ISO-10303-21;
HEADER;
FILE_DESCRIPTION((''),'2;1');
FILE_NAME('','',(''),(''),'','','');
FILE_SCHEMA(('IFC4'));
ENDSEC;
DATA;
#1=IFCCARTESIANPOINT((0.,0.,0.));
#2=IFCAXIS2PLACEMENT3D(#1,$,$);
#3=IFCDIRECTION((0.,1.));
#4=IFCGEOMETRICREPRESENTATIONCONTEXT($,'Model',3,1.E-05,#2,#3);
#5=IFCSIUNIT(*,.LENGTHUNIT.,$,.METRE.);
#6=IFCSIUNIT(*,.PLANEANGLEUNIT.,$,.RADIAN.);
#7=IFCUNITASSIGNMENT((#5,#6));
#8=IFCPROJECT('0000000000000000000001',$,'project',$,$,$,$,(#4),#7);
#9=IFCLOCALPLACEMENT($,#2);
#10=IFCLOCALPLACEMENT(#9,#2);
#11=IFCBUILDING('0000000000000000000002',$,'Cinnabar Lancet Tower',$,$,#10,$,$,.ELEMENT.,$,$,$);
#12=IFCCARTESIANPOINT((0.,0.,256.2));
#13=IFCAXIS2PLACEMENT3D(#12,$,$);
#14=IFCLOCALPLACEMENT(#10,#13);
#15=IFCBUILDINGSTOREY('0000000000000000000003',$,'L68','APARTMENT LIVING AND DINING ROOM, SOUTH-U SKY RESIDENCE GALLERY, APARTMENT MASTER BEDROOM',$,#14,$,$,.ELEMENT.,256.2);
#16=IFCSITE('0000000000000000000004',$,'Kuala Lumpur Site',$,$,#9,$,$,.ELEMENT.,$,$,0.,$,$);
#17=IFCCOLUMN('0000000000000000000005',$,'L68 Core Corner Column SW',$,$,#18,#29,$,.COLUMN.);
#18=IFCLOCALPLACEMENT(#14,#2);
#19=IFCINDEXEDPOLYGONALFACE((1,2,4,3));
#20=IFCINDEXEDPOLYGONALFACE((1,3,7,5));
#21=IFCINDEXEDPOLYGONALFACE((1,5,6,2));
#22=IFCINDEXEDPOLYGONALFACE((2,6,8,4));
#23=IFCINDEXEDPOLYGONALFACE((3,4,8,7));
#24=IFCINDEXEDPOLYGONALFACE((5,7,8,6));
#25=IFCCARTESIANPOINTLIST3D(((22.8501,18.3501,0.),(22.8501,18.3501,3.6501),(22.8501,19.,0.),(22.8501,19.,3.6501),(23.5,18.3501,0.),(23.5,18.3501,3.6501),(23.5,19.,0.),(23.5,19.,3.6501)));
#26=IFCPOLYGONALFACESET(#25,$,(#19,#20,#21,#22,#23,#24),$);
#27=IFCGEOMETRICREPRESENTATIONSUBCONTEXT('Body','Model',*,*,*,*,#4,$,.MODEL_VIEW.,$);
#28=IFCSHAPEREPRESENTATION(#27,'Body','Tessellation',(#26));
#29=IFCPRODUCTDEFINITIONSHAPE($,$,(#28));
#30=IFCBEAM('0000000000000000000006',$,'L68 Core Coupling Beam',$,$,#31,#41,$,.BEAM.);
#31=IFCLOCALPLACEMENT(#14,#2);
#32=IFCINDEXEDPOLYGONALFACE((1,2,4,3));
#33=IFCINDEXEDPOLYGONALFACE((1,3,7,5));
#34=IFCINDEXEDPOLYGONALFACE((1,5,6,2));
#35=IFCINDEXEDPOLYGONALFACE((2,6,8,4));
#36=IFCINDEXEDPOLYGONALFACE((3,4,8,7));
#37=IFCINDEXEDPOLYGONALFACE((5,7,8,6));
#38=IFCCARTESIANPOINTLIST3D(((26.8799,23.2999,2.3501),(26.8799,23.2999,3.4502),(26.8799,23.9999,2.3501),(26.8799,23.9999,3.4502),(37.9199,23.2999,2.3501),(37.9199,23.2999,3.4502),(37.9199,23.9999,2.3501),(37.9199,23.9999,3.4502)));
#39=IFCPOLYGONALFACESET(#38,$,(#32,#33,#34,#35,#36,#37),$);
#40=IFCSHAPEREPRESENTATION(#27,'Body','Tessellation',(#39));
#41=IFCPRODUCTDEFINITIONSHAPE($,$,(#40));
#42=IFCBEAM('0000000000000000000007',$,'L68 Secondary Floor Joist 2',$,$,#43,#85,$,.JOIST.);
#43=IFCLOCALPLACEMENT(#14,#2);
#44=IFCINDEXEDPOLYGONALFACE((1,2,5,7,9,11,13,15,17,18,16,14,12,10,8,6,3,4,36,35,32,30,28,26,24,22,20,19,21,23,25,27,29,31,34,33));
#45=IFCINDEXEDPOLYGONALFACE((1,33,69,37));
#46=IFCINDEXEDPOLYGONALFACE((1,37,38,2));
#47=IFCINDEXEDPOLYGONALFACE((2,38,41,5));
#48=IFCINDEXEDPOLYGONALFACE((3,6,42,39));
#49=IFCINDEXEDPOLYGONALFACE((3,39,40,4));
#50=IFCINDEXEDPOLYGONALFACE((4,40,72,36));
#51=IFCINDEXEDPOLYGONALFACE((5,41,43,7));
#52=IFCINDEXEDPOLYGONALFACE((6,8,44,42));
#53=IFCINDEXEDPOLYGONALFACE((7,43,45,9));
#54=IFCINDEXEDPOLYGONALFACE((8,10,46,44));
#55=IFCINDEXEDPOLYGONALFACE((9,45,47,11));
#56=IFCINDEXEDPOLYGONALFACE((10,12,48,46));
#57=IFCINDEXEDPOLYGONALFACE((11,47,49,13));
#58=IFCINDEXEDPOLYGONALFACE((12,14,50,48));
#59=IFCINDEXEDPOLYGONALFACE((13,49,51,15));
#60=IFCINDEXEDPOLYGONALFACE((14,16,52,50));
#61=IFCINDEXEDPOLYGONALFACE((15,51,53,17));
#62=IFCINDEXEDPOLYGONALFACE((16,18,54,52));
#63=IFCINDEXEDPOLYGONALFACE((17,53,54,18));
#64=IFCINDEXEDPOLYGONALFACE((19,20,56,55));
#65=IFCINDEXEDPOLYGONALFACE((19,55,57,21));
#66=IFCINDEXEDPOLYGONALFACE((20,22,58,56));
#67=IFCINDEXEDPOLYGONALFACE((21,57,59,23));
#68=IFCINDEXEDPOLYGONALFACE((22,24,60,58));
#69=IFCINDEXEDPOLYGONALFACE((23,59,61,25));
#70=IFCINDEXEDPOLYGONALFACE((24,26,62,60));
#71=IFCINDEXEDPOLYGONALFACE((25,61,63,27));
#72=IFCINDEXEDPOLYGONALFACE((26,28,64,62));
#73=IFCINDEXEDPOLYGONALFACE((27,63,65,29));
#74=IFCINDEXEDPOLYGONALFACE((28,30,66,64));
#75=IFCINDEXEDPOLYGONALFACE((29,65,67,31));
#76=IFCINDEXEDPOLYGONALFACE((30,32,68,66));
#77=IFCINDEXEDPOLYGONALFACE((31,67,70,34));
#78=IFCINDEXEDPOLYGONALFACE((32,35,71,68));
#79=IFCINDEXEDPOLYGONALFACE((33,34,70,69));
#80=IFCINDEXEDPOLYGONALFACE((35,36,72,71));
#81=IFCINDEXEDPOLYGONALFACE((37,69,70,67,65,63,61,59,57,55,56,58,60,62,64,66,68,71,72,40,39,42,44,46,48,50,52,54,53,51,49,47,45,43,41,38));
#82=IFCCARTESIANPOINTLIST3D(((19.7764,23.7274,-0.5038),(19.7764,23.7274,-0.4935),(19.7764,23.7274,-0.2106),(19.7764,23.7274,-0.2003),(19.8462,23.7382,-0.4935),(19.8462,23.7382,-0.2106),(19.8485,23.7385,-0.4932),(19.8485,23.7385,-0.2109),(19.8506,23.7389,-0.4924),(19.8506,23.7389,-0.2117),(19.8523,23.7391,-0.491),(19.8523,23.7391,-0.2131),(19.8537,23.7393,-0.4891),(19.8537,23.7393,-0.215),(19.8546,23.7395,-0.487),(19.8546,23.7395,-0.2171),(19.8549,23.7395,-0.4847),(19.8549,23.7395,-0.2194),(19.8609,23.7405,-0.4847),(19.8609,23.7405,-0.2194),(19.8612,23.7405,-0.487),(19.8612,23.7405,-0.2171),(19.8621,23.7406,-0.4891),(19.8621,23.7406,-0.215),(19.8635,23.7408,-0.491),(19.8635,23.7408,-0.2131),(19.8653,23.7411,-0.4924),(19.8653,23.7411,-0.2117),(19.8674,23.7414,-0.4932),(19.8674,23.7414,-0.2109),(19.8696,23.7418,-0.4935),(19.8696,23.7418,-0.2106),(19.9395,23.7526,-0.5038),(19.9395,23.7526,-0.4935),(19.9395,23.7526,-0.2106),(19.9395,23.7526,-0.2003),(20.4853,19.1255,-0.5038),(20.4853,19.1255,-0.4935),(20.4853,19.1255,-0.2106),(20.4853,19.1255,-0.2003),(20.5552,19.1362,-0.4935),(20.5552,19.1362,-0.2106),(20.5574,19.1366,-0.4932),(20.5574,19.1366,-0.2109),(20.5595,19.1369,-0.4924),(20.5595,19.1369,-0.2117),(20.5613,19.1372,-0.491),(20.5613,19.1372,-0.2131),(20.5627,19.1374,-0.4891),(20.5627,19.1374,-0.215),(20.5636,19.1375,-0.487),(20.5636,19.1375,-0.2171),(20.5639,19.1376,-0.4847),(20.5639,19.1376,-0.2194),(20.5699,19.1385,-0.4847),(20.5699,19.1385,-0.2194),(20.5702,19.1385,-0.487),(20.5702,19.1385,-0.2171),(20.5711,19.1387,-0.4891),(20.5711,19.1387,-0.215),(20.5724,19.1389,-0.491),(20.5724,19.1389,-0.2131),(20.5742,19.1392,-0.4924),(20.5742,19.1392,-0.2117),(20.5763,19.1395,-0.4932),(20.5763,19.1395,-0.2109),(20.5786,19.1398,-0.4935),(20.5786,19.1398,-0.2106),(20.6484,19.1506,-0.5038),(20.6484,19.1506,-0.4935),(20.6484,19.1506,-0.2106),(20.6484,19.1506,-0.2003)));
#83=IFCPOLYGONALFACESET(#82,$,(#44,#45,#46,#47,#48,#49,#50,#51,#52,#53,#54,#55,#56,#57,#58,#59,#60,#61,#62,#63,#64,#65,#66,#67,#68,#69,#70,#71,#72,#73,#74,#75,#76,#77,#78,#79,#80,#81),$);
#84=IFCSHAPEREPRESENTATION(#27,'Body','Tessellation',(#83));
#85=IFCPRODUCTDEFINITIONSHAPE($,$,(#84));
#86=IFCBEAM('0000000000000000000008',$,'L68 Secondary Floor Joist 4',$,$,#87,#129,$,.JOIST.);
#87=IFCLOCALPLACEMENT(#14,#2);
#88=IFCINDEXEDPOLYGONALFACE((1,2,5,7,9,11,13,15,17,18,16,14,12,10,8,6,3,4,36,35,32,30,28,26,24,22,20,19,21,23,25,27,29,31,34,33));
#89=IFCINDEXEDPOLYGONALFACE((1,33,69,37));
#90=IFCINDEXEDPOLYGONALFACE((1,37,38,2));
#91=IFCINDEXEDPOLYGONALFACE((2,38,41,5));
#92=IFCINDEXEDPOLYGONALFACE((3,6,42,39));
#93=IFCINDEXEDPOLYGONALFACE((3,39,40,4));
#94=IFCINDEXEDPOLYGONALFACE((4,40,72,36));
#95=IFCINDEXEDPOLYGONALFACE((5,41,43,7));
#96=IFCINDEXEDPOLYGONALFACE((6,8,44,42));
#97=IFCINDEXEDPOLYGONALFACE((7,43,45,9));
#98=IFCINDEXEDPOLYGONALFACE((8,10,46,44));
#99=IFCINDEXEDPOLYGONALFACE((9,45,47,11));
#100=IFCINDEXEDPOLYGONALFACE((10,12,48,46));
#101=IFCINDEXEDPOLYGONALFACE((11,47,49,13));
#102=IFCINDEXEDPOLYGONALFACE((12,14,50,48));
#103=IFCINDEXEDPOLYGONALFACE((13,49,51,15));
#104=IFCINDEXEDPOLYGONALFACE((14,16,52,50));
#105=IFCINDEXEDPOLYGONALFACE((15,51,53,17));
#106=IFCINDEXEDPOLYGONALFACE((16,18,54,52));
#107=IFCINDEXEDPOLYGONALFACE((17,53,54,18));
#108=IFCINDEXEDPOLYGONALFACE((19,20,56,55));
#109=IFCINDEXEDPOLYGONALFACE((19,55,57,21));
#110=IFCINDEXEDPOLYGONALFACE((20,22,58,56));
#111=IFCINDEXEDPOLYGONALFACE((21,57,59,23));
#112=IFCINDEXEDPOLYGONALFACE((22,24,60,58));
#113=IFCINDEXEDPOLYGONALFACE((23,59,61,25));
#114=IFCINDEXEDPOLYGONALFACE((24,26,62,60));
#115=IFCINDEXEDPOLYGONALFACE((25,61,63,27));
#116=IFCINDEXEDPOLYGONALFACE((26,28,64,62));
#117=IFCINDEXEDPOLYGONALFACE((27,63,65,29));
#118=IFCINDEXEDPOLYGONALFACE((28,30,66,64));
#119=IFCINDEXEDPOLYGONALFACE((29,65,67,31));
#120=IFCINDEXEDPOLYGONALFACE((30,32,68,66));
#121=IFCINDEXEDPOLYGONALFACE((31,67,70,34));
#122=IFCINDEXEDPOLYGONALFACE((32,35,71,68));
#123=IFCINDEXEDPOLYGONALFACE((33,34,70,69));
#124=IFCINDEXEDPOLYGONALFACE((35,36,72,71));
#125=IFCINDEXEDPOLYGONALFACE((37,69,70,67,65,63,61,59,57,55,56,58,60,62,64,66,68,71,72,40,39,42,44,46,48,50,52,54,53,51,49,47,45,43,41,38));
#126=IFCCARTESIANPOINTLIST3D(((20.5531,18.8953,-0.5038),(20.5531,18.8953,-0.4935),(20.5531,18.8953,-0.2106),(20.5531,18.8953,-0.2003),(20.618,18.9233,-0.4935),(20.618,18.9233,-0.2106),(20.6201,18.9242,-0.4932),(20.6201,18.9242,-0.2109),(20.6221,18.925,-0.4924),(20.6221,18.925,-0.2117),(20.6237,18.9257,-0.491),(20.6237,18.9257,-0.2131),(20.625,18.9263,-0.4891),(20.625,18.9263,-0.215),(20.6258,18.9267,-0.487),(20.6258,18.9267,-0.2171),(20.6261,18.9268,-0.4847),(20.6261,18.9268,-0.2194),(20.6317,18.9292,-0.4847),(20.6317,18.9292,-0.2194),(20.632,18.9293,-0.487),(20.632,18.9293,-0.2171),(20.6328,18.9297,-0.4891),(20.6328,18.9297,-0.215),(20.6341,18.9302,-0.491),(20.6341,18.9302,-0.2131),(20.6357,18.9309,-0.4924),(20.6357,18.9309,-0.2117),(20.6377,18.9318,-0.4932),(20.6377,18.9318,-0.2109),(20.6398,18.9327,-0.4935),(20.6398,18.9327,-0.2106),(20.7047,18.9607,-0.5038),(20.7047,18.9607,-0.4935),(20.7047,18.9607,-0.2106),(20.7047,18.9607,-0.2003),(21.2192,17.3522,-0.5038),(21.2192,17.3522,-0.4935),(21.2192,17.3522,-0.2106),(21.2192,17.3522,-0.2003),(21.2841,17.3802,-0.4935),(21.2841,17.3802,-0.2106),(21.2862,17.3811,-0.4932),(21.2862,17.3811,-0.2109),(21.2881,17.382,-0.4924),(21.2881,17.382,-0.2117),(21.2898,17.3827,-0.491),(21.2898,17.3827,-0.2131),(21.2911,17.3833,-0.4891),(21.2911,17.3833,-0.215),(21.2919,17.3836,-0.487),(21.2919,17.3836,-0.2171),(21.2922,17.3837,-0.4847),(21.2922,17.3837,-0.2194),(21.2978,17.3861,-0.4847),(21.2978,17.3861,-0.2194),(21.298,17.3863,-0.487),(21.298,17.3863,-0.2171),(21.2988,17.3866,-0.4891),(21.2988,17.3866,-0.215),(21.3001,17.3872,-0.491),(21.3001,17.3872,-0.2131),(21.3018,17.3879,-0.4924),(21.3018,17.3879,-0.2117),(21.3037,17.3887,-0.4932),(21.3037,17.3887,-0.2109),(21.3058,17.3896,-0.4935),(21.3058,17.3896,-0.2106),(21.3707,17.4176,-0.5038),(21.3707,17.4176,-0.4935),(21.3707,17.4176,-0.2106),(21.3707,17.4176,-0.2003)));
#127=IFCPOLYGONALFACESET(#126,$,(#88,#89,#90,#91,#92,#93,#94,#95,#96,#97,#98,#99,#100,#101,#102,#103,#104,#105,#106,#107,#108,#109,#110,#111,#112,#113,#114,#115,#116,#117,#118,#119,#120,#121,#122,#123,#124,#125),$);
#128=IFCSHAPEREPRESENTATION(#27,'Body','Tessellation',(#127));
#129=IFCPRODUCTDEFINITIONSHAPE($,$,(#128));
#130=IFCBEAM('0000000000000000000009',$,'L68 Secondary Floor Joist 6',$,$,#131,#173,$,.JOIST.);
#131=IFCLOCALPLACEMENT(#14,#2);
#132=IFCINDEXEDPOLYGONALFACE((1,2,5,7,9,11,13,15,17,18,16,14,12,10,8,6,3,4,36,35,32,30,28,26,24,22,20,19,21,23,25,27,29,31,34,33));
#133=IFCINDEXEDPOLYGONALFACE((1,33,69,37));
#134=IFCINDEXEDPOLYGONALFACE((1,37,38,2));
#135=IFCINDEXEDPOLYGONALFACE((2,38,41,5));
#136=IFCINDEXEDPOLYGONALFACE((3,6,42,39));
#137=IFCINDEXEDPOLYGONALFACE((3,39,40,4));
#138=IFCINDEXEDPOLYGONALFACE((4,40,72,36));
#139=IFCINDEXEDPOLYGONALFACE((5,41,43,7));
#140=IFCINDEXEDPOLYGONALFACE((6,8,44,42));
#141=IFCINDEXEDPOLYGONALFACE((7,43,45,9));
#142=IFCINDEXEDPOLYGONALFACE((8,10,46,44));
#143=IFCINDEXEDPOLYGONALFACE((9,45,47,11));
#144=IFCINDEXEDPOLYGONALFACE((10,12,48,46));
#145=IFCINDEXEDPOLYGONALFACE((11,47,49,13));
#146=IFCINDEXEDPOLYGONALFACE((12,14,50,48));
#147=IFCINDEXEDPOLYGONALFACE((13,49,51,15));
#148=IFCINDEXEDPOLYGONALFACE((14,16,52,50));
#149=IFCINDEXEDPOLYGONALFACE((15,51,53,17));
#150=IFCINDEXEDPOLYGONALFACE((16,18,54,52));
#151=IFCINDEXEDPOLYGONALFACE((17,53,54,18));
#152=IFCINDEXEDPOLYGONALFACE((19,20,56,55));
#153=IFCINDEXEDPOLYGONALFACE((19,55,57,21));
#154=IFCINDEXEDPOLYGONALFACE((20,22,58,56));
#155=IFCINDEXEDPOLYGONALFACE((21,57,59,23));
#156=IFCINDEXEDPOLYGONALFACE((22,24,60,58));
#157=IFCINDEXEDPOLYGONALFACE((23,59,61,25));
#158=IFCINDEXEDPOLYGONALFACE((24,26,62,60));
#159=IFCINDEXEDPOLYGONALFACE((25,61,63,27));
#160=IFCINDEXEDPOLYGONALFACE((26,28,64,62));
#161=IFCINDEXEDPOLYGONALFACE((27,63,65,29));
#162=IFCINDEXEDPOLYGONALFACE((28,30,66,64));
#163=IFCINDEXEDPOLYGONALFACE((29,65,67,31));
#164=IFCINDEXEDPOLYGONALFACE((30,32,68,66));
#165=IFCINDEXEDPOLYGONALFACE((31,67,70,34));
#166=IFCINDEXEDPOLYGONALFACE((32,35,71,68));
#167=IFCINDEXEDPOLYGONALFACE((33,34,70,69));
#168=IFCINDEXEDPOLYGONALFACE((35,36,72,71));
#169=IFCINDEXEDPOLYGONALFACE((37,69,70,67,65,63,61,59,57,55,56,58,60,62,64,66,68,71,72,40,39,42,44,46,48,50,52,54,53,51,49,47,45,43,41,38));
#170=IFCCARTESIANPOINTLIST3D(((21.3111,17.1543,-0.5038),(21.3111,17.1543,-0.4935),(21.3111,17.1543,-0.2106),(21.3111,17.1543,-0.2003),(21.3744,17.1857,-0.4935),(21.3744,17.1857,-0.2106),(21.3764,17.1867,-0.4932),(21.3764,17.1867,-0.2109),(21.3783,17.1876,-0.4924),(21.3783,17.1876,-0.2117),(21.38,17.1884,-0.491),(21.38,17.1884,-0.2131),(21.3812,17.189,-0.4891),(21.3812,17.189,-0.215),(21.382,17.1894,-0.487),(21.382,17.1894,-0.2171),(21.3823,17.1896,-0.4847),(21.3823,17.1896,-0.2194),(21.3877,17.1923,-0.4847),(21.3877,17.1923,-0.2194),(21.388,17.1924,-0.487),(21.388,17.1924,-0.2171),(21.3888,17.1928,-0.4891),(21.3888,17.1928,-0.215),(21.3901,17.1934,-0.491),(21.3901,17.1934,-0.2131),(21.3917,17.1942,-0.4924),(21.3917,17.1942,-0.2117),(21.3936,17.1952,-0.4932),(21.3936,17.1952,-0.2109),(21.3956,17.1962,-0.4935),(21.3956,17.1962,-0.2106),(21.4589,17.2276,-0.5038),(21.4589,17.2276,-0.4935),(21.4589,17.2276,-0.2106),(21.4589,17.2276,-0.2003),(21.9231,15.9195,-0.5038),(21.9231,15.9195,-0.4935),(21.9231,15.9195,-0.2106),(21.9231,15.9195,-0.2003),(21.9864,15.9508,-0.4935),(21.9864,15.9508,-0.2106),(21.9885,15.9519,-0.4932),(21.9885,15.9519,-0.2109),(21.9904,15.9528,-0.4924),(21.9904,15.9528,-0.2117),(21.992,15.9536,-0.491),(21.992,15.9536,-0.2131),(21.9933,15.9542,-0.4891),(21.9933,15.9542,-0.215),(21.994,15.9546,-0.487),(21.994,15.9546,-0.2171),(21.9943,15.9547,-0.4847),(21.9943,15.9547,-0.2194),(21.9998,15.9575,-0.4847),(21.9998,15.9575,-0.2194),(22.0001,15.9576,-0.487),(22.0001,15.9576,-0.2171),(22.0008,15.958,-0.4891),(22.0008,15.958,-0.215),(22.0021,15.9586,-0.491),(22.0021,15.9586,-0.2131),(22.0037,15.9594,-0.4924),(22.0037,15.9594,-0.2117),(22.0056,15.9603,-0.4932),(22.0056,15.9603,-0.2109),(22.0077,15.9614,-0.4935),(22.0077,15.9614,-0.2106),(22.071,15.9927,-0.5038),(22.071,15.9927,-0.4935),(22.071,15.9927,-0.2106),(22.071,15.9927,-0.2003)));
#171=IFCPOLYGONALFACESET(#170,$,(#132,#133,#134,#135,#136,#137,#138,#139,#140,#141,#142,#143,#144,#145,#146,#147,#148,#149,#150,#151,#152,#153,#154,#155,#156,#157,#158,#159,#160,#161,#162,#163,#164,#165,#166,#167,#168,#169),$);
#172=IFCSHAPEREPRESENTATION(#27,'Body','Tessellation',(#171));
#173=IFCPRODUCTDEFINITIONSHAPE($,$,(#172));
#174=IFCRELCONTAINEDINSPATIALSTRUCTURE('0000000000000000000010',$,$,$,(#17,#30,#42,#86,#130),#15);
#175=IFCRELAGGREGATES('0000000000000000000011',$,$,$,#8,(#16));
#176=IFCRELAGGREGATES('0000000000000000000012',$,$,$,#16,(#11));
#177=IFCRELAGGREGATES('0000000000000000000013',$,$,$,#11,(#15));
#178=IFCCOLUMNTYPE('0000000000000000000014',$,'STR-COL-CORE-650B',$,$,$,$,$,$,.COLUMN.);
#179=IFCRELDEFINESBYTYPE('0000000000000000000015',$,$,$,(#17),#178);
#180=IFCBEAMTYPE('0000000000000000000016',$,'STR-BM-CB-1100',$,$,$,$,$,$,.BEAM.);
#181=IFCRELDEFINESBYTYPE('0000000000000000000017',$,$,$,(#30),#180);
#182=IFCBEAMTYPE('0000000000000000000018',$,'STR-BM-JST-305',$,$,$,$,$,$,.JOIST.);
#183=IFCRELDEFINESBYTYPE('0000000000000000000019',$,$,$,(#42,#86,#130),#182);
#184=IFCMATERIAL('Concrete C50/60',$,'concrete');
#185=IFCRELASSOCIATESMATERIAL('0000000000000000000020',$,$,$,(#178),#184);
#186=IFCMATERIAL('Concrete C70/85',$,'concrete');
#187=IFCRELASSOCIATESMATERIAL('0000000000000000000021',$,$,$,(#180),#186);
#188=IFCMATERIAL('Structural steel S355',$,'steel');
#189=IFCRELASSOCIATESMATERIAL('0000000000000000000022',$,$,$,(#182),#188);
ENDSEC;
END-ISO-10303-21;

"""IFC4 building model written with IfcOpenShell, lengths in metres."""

from ifc_helpers import new_model, si_unit, direction, frame, origin, origin_2d, place, context, subcontext, project, spatial, rectangle, i_section, extrude, material, material_profile, profile_set, type_object, element, save


model = new_model("IFC4")

# Units and contexts
model_context = context("Model", 3, precision=1e-05, world=origin(), true_north=direction((0.0, 1.0)))
body_context = subcontext(model_context, "Body", "Model", "MODEL_VIEW")
ifc_project = project(units=[si_unit("LENGTHUNIT", "METRE"), si_unit("PLANEANGLEUNIT", "RADIAN")], contexts=[model_context])

# Site, building, storey
site_placement = place(None, origin())
site = spatial("IfcSite", under=ifc_project, at=site_placement, Name="Kuala Lumpur Site", CompositionType="ELEMENT", RefElevation=0.0)
building_placement = place(site_placement, origin())
building = spatial("IfcBuilding", under=site, at=building_placement, Name="Cinnabar Lancet Tower", CompositionType="ELEMENT")
storey_placement = place(building_placement, frame((0.0, 0.0, 256.2)))
storey = spatial("IfcBuildingStorey", under=building, at=storey_placement, Name="L68", Description="APARTMENT LIVING AND DINING ROOM, SOUTH-U SKY RESIDENCE GALLERY, APARTMENT MASTER BEDROOM", CompositionType="ELEMENT", Elevation=256.2)

# Column
ifc_material_1 = material(Name="Concrete C50/60", Category="concrete")
ifc_material_profile_1 = material_profile(ifc_material_1, rectangle(XDim=0.6499, YDim=0.6499, at=origin_2d()), Name="RC-COL 650x650")
ifc_profile_set_1 = profile_set([ifc_material_profile_1], Name="Concrete C50/60")
column_type = type_object("IfcColumnType", Name="STR-COL-CORE-650B", PredefinedType="COLUMN", material=ifc_profile_set_1)
column_placement = place(storey_placement, frame((23.175, 18.675, 0.0), z_axis=(0.0, 0.0, 1.0), x_axis=(1.0, 0.0, 0.0)))
element("IfcColumn", 1, at=column_placement, inside=storey, type_object=column_type, Name="L68 Core Corner Column SW", PredefinedType="COLUMN", context=body_context, shape_type="SweptSolid", body=[
    extrude(rectangle(XDim=0.6499, YDim=0.6499, at=origin_2d()), origin(), (0.0, 0.0, 1.0), 3.6501),
])

# Beams
ifc_material_2 = material(Name="Concrete C70/85", Category="concrete")
ifc_material_profile_2 = material_profile(ifc_material_2, rectangle(XDim=0.7, YDim=1.1001, at=origin_2d()), Name="RC-CB 700x1100")
ifc_profile_set_2 = profile_set([ifc_material_profile_2], Name="Concrete C70/85")
beam_type_1 = type_object("IfcBeamType", Name="STR-BM-CB-1100", PredefinedType="BEAM", material=ifc_profile_set_2)
beam_1_placement = place(storey_placement, frame((26.8799, 23.6499, 2.9001), z_axis=(1.0, 0.0, 0.0), x_axis=(0.0, 1.0, 0.0)))
element("IfcBeam", 2, at=beam_1_placement, inside=storey, type_object=beam_type_1, Name="L68 Core Coupling Beam", PredefinedType="BEAM", context=body_context, shape_type="SweptSolid", body=[
    extrude(rectangle(XDim=0.7, YDim=1.1001, at=origin_2d()), origin(), (0.0, 0.0, 1.0), 11.04),
])
ifc_material_3 = material(Name="Structural steel S355", Category="steel")
ifc_material_profile_3 = material_profile(ifc_material_3, i_section(OverallWidth=0.165, OverallDepth=0.3035, WebThickness=0.0061, FlangeThickness=0.0103, FilletRadius=0.0088, at=origin_2d()), Name="UKB 305x165x40")
ifc_profile_set_3 = profile_set([ifc_material_profile_3], Name="Structural steel S355")
beam_type_2 = type_object("IfcBeamType", Name="STR-BM-JST-305", PredefinedType="JOIST", material=ifc_profile_set_3)
beam_2_placement = place(storey_placement, frame((19.8579, 23.74, -0.3521), z_axis=(0.152262, -0.98834, 0.0), x_axis=(0.98834, 0.152262, 0.0)))
element("IfcBeam", 3, at=beam_2_placement, inside=storey, type_object=beam_type_2, Name="L68 Secondary Floor Joist 2", PredefinedType="JOIST", context=body_context, shape_type="SweptSolid", body=[
    extrude(i_section(OverallWidth=0.165, OverallDepth=0.3035, WebThickness=0.0061, FlangeThickness=0.0103, FilletRadius=0.0088, at=origin_2d()), origin(), (0.0, 0.0, 1.0), 4.6562),
])
beam_3_placement = place(storey_placement, frame((20.6289, 18.928, -0.3521), z_axis=(0.396302, -0.91812, 0.0), x_axis=(0.91812, 0.396302, 0.0)))
element("IfcBeam", 4, at=beam_3_placement, inside=storey, type_object=beam_type_2, Name="L68 Secondary Floor Joist 4", PredefinedType="JOIST", context=body_context, shape_type="SweptSolid", body=[
    extrude(i_section(OverallWidth=0.165, OverallDepth=0.3035, WebThickness=0.0061, FlangeThickness=0.0103, FilletRadius=0.0088, at=origin_2d()), origin(), (0.0, 0.0, 1.0), 1.6807),
])
beam_4_placement = place(storey_placement, frame((21.385, 17.1909, -0.3521), z_axis=(0.444093, -0.895981, 0.0), x_axis=(0.895981, 0.444093, 0.0)))
element("IfcBeam", 5, at=beam_4_placement, inside=storey, type_object=beam_type_2, Name="L68 Secondary Floor Joist 6", PredefinedType="JOIST", context=body_context, shape_type="SweptSolid", body=[
    extrude(i_section(OverallWidth=0.165, OverallDepth=0.3035, WebThickness=0.0061, FlangeThickness=0.0103, FilletRadius=0.0088, at=origin_2d()), origin(), (0.0, 0.0, 1.0), 1.3782),
])

save(model, "model.ifc")
